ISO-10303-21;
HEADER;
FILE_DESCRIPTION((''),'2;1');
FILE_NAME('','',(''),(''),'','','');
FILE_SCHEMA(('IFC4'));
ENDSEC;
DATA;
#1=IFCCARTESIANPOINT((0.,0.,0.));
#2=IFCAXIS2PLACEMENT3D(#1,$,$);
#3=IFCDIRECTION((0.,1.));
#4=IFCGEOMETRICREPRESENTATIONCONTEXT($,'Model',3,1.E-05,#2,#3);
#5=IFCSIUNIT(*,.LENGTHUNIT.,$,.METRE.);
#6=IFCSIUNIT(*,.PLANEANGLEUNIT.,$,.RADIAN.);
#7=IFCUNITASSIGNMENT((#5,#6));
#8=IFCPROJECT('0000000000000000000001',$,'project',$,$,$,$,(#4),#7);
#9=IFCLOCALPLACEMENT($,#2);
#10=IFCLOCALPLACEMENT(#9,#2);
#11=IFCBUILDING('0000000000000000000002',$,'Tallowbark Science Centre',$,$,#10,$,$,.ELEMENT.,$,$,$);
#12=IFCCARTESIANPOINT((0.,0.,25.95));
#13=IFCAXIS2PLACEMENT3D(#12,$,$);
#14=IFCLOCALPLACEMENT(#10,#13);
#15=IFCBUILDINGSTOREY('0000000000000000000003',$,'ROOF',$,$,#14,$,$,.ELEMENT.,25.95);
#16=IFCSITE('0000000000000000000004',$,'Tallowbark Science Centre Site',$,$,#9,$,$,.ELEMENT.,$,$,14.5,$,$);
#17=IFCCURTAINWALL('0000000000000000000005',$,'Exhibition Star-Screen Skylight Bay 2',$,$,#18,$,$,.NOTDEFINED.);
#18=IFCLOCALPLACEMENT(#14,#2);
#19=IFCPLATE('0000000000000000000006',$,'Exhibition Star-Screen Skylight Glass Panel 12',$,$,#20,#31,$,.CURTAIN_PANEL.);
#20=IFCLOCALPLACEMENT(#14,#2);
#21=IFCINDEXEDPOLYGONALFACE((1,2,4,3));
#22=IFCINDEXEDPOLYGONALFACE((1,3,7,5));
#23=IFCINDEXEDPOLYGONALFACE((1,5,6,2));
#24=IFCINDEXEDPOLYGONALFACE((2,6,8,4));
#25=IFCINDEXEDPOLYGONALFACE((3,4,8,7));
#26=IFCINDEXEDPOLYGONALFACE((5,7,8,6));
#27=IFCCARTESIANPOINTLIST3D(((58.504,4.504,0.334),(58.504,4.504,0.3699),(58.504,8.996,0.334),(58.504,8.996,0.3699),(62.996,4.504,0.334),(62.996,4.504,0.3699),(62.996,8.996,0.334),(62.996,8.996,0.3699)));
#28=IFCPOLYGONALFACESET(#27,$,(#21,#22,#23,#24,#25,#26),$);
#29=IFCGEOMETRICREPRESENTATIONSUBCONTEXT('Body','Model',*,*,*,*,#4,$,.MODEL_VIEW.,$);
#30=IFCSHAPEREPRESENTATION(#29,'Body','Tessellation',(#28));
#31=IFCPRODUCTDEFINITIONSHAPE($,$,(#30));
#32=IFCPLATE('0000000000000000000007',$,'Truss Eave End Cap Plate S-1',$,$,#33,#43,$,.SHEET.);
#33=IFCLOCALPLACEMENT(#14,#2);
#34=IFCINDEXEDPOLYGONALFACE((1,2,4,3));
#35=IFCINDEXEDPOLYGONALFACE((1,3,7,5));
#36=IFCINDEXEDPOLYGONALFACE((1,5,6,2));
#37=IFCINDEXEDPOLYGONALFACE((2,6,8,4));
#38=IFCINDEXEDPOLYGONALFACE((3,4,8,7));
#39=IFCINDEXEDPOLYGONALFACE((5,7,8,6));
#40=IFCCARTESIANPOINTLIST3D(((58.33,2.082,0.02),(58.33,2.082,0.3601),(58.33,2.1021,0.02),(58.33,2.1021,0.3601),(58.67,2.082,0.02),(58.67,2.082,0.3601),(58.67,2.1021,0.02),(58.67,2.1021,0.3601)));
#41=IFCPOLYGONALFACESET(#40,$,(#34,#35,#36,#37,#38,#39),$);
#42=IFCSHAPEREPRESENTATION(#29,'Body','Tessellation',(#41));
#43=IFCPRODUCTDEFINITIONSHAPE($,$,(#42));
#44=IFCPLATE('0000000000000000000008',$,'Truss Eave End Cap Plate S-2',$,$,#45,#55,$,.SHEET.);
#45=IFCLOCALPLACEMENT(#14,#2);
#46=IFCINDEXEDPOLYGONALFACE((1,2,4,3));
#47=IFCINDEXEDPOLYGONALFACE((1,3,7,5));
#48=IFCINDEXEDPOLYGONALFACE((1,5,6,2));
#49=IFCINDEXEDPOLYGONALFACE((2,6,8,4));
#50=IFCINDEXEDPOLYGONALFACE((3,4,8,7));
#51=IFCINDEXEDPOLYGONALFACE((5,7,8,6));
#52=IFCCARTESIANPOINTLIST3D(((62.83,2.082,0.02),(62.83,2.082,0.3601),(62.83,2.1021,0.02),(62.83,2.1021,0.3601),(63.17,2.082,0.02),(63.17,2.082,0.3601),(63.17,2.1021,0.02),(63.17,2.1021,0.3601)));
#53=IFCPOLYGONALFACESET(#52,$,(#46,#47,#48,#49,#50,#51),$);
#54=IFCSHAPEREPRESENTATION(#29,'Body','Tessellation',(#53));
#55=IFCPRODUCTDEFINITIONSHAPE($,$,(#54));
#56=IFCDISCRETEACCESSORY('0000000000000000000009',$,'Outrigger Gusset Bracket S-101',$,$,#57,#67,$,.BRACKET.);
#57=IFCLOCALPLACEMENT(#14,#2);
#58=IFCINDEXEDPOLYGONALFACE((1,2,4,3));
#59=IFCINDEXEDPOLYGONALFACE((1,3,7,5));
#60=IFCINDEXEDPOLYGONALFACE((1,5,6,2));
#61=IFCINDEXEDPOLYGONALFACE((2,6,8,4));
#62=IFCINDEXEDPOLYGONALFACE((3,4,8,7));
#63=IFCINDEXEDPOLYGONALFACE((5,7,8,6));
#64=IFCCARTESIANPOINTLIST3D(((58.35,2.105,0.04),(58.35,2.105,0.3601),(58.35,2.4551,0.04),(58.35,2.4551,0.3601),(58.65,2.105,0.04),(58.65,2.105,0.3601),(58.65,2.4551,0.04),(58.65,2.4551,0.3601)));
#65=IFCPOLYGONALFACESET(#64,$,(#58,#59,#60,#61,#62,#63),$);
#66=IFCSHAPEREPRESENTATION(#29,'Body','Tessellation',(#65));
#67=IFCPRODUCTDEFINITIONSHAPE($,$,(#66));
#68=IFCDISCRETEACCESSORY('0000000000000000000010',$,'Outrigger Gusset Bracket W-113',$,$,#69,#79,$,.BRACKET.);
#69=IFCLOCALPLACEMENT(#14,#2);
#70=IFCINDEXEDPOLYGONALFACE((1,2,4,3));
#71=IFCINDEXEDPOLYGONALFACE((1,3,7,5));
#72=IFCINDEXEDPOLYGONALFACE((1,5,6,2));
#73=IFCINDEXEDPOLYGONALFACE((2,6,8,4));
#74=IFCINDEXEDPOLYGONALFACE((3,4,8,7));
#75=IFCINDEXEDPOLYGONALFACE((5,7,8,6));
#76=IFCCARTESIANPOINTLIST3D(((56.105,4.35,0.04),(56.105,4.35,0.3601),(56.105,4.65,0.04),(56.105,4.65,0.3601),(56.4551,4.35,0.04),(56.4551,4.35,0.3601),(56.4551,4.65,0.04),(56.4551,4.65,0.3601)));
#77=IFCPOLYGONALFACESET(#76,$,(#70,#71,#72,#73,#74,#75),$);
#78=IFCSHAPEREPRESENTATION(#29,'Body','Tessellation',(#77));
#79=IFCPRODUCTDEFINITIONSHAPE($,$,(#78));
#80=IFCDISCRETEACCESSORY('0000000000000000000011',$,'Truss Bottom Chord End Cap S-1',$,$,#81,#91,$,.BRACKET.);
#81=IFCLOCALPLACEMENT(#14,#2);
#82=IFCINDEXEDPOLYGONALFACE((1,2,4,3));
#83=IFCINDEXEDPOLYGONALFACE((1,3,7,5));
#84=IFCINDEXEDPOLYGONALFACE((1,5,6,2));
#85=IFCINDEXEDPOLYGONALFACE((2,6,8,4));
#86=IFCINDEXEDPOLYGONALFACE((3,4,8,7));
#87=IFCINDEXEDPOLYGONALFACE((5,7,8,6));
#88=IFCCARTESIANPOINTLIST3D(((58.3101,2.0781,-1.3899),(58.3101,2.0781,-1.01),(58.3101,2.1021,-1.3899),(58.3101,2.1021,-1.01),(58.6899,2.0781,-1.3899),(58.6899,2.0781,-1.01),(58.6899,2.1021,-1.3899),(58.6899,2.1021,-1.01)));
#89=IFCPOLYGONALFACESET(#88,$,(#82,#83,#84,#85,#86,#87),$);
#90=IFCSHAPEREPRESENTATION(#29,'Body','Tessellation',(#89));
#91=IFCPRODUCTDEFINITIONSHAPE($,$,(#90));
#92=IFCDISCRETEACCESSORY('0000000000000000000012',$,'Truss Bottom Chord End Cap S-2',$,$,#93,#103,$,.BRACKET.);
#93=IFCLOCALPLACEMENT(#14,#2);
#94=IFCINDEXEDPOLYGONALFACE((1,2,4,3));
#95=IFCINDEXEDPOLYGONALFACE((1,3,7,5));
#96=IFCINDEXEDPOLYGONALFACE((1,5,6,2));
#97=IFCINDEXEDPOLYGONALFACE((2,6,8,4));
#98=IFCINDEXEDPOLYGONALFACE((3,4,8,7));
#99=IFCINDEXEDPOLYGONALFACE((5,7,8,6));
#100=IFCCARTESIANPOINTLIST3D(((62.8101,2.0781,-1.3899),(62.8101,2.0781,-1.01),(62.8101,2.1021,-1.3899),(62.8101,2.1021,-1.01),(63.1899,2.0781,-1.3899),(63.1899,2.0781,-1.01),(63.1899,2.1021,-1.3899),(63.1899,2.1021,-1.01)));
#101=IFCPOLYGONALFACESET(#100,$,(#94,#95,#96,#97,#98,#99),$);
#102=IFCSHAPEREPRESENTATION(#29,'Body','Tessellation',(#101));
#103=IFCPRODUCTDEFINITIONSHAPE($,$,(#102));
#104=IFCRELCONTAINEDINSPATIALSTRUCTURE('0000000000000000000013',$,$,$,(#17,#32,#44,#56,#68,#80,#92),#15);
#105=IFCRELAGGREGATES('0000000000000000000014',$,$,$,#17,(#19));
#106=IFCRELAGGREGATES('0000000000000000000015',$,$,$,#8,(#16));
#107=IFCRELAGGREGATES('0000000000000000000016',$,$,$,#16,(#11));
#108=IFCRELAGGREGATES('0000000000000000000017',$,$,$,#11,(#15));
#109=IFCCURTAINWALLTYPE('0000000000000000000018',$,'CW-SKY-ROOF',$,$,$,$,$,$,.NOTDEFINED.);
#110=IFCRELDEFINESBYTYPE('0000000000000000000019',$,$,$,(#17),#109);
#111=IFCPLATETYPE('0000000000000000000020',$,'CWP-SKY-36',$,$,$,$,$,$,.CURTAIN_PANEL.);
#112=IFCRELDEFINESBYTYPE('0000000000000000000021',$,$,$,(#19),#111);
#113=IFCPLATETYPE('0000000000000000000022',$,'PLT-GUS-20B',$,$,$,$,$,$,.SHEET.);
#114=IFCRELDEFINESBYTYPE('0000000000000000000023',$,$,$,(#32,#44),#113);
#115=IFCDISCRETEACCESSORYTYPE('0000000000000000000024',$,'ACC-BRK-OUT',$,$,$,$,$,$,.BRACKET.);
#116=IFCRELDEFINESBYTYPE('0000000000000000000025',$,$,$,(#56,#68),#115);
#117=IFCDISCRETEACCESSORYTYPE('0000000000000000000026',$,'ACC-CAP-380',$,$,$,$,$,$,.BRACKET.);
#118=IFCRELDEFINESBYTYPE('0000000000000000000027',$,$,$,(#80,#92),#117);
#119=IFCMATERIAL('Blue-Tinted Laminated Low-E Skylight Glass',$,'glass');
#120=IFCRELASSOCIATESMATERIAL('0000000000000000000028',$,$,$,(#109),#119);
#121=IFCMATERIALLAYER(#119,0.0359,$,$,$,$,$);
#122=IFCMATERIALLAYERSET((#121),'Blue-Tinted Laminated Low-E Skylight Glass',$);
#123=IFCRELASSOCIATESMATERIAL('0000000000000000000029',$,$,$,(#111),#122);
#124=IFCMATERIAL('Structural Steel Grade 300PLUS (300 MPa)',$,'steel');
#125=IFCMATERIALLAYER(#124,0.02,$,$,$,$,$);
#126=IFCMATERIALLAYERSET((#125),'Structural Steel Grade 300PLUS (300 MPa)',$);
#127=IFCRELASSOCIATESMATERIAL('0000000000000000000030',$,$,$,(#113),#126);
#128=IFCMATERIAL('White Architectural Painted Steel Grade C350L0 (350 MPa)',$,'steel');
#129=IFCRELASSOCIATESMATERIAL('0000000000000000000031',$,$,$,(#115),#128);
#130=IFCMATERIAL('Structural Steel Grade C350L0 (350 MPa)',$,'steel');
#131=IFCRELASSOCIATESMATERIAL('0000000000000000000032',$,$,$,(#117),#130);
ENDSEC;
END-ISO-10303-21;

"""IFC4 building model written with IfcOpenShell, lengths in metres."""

from ifc_helpers import new_model, si_unit, direction, frame, origin, origin_2d, place, context, subcontext, project, spatial, rectangle, extrude, material, layer, layer_set, type_object, element, aggregate, save


model = new_model("IFC4")

# Units and contexts
model_context = context("Model", 3, precision=1e-05, world=origin(), true_north=direction((0.0, 1.0)))
body_context = subcontext(model_context, "Body", "Model", "MODEL_VIEW")
ifc_project = project(units=[si_unit("LENGTHUNIT", "METRE"), si_unit("PLANEANGLEUNIT", "RADIAN")], contexts=[model_context])

# Site, building, storey
site_placement = place(None, origin())
site = spatial("IfcSite", under=ifc_project, at=site_placement, Name="Tallowbark Science Centre Site", CompositionType="ELEMENT", RefElevation=14.5)
building_placement = place(site_placement, origin())
building = spatial("IfcBuilding", under=site, at=building_placement, Name="Tallowbark Science Centre", CompositionType="ELEMENT")
storey_placement = place(building_placement, frame((0.0, 0.0, 25.95)))
storey = spatial("IfcBuildingStorey", under=building, at=storey_placement, Name="ROOF", CompositionType="ELEMENT", Elevation=25.95)

# Shared definitions
ifc_material_1 = material(Name="White Architectural Painted Steel Grade C350L0 (350 MPa)", Category="steel")

# Curtain wall
ifc_material_2 = material(Name="Blue-Tinted Laminated Low-E Skylight Glass", Category="glass")
curtain_wall_type = type_object("IfcCurtainWallType", Name="CW-SKY-ROOF", PredefinedType="NOTDEFINED", material=ifc_material_2)
curtain_wall_1_placement = place(storey_placement, origin())
curtain_wall_1 = element("IfcCurtainWall", 1, at=curtain_wall_1_placement, inside=storey, type_object=curtain_wall_type, Name="Exhibition Star-Screen Skylight Bay 2", PredefinedType="NOTDEFINED")

# Plate
ifc_layer_1 = layer(ifc_material_2, 0.0359)
ifc_layer_set_1 = layer_set([ifc_layer_1], Name="Blue-Tinted Laminated Low-E Skylight Glass")
plate_type_1 = type_object("IfcPlateType", Name="CWP-SKY-36", PredefinedType="CURTAIN_PANEL", material=ifc_layer_set_1)
plate_1_placement = place(storey_placement, frame((60.75, 6.75, 0.334), z_axis=(0.0, 0.0, 1.0), x_axis=(1.0, 0.0, 0.0)))
plate_1 = element("IfcPlate", 2, at=plate_1_placement, type_object=plate_type_1, Name="Exhibition Star-Screen Skylight Glass Panel 12", PredefinedType="CURTAIN_PANEL", context=body_context, shape_type="SweptSolid", body=[
    extrude(rectangle(XDim=4.4919, YDim=4.4919, at=origin_2d()), origin(), (0.0, 0.0, 1.0), 0.0359),
])
aggregate(curtain_wall_1, [plate_1])

# Plates
ifc_material_3 = material(Name="Structural Steel Grade 300PLUS (300 MPa)", Category="steel")
ifc_layer_2 = layer(ifc_material_3, 0.02)
ifc_layer_set_2 = layer_set([ifc_layer_2], Name="Structural Steel Grade 300PLUS (300 MPa)")
plate_type_2 = type_object("IfcPlateType", Name="PLT-GUS-20B", PredefinedType="SHEET", material=ifc_layer_set_2)
for number, where, z_axis, x_axis, name in (
    (3, (58.5, 2.092, 0.02), (0.0, 0.0, 1.0), (1.0, 0.0, 0.0), "Truss Eave End Cap Plate S-1"),
    (4, (63.0, 2.092, 0.02), (0.0, 0.0, 1.0), (1.0, 0.0, 0.0), "Truss Eave End Cap Plate S-2"),
):
    element("IfcPlate", number, at=place(storey_placement, frame(where, z_axis=z_axis, x_axis=x_axis)), inside=storey, type_object=plate_type_2, Name=name, PredefinedType="SHEET", context=body_context, shape_type="SweptSolid", body=[
        extrude(rectangle(XDim=0.3401, YDim=0.02, at=origin_2d()), origin(), (0.0, 0.0, 1.0), 0.3401),
    ])

# Discrete accessories
discrete_accessory_type_1 = type_object("IfcDiscreteAccessoryType", Name="ACC-BRK-OUT", PredefinedType="BRACKET", material=ifc_material_1)
discrete_accessory_1_placement = place(storey_placement, frame((58.5, 2.28, 0.04), z_axis=(0.0, 0.0, 1.0), x_axis=(1.0, 0.0, 0.0)))
element("IfcDiscreteAccessory", 5, at=discrete_accessory_1_placement, inside=storey, type_object=discrete_accessory_type_1, Name="Outrigger Gusset Bracket S-101", PredefinedType="BRACKET", context=body_context, shape_type="SweptSolid", body=[
    extrude(rectangle(XDim=0.3, YDim=0.3501, at=origin_2d()), origin(), (0.0, 0.0, 1.0), 0.3201),
])
discrete_accessory_2_placement = place(storey_placement, frame((56.28, 4.5, 0.04), z_axis=(0.0, 0.0, 1.0), x_axis=(1.0, 0.0, 0.0)))
element("IfcDiscreteAccessory", 6, at=discrete_accessory_2_placement, inside=storey, type_object=discrete_accessory_type_1, Name="Outrigger Gusset Bracket W-113", PredefinedType="BRACKET", context=body_context, shape_type="SweptSolid", body=[
    extrude(rectangle(XDim=0.3501, YDim=0.3, at=origin_2d()), origin(), (0.0, 0.0, 1.0), 0.3201),
])
ifc_material_4 = material(Name="Structural Steel Grade C350L0 (350 MPa)", Category="steel")
discrete_accessory_type_2 = type_object("IfcDiscreteAccessoryType", Name="ACC-CAP-380", PredefinedType="BRACKET", material=ifc_material_4)
for number, where, z_axis, x_axis, name in (
    (7, (58.5, 2.0901, -1.3899), (0.0, 0.0, 1.0), (1.0, 0.0, 0.0), "Truss Bottom Chord End Cap S-1"),
    (8, (63.0, 2.0901, -1.3899), (0.0, 0.0, 1.0), (1.0, 0.0, 0.0), "Truss Bottom Chord End Cap S-2"),
):
    element("IfcDiscreteAccessory", number, at=place(storey_placement, frame(where, z_axis=z_axis, x_axis=x_axis)), inside=storey, type_object=discrete_accessory_type_2, Name=name, PredefinedType="BRACKET", context=body_context, shape_type="SweptSolid", body=[
        extrude(rectangle(XDim=0.3799, YDim=0.0239, at=origin_2d()), origin(), (0.0, 0.0, 1.0), 0.3799),
    ])

save(model, "model.ifc")
